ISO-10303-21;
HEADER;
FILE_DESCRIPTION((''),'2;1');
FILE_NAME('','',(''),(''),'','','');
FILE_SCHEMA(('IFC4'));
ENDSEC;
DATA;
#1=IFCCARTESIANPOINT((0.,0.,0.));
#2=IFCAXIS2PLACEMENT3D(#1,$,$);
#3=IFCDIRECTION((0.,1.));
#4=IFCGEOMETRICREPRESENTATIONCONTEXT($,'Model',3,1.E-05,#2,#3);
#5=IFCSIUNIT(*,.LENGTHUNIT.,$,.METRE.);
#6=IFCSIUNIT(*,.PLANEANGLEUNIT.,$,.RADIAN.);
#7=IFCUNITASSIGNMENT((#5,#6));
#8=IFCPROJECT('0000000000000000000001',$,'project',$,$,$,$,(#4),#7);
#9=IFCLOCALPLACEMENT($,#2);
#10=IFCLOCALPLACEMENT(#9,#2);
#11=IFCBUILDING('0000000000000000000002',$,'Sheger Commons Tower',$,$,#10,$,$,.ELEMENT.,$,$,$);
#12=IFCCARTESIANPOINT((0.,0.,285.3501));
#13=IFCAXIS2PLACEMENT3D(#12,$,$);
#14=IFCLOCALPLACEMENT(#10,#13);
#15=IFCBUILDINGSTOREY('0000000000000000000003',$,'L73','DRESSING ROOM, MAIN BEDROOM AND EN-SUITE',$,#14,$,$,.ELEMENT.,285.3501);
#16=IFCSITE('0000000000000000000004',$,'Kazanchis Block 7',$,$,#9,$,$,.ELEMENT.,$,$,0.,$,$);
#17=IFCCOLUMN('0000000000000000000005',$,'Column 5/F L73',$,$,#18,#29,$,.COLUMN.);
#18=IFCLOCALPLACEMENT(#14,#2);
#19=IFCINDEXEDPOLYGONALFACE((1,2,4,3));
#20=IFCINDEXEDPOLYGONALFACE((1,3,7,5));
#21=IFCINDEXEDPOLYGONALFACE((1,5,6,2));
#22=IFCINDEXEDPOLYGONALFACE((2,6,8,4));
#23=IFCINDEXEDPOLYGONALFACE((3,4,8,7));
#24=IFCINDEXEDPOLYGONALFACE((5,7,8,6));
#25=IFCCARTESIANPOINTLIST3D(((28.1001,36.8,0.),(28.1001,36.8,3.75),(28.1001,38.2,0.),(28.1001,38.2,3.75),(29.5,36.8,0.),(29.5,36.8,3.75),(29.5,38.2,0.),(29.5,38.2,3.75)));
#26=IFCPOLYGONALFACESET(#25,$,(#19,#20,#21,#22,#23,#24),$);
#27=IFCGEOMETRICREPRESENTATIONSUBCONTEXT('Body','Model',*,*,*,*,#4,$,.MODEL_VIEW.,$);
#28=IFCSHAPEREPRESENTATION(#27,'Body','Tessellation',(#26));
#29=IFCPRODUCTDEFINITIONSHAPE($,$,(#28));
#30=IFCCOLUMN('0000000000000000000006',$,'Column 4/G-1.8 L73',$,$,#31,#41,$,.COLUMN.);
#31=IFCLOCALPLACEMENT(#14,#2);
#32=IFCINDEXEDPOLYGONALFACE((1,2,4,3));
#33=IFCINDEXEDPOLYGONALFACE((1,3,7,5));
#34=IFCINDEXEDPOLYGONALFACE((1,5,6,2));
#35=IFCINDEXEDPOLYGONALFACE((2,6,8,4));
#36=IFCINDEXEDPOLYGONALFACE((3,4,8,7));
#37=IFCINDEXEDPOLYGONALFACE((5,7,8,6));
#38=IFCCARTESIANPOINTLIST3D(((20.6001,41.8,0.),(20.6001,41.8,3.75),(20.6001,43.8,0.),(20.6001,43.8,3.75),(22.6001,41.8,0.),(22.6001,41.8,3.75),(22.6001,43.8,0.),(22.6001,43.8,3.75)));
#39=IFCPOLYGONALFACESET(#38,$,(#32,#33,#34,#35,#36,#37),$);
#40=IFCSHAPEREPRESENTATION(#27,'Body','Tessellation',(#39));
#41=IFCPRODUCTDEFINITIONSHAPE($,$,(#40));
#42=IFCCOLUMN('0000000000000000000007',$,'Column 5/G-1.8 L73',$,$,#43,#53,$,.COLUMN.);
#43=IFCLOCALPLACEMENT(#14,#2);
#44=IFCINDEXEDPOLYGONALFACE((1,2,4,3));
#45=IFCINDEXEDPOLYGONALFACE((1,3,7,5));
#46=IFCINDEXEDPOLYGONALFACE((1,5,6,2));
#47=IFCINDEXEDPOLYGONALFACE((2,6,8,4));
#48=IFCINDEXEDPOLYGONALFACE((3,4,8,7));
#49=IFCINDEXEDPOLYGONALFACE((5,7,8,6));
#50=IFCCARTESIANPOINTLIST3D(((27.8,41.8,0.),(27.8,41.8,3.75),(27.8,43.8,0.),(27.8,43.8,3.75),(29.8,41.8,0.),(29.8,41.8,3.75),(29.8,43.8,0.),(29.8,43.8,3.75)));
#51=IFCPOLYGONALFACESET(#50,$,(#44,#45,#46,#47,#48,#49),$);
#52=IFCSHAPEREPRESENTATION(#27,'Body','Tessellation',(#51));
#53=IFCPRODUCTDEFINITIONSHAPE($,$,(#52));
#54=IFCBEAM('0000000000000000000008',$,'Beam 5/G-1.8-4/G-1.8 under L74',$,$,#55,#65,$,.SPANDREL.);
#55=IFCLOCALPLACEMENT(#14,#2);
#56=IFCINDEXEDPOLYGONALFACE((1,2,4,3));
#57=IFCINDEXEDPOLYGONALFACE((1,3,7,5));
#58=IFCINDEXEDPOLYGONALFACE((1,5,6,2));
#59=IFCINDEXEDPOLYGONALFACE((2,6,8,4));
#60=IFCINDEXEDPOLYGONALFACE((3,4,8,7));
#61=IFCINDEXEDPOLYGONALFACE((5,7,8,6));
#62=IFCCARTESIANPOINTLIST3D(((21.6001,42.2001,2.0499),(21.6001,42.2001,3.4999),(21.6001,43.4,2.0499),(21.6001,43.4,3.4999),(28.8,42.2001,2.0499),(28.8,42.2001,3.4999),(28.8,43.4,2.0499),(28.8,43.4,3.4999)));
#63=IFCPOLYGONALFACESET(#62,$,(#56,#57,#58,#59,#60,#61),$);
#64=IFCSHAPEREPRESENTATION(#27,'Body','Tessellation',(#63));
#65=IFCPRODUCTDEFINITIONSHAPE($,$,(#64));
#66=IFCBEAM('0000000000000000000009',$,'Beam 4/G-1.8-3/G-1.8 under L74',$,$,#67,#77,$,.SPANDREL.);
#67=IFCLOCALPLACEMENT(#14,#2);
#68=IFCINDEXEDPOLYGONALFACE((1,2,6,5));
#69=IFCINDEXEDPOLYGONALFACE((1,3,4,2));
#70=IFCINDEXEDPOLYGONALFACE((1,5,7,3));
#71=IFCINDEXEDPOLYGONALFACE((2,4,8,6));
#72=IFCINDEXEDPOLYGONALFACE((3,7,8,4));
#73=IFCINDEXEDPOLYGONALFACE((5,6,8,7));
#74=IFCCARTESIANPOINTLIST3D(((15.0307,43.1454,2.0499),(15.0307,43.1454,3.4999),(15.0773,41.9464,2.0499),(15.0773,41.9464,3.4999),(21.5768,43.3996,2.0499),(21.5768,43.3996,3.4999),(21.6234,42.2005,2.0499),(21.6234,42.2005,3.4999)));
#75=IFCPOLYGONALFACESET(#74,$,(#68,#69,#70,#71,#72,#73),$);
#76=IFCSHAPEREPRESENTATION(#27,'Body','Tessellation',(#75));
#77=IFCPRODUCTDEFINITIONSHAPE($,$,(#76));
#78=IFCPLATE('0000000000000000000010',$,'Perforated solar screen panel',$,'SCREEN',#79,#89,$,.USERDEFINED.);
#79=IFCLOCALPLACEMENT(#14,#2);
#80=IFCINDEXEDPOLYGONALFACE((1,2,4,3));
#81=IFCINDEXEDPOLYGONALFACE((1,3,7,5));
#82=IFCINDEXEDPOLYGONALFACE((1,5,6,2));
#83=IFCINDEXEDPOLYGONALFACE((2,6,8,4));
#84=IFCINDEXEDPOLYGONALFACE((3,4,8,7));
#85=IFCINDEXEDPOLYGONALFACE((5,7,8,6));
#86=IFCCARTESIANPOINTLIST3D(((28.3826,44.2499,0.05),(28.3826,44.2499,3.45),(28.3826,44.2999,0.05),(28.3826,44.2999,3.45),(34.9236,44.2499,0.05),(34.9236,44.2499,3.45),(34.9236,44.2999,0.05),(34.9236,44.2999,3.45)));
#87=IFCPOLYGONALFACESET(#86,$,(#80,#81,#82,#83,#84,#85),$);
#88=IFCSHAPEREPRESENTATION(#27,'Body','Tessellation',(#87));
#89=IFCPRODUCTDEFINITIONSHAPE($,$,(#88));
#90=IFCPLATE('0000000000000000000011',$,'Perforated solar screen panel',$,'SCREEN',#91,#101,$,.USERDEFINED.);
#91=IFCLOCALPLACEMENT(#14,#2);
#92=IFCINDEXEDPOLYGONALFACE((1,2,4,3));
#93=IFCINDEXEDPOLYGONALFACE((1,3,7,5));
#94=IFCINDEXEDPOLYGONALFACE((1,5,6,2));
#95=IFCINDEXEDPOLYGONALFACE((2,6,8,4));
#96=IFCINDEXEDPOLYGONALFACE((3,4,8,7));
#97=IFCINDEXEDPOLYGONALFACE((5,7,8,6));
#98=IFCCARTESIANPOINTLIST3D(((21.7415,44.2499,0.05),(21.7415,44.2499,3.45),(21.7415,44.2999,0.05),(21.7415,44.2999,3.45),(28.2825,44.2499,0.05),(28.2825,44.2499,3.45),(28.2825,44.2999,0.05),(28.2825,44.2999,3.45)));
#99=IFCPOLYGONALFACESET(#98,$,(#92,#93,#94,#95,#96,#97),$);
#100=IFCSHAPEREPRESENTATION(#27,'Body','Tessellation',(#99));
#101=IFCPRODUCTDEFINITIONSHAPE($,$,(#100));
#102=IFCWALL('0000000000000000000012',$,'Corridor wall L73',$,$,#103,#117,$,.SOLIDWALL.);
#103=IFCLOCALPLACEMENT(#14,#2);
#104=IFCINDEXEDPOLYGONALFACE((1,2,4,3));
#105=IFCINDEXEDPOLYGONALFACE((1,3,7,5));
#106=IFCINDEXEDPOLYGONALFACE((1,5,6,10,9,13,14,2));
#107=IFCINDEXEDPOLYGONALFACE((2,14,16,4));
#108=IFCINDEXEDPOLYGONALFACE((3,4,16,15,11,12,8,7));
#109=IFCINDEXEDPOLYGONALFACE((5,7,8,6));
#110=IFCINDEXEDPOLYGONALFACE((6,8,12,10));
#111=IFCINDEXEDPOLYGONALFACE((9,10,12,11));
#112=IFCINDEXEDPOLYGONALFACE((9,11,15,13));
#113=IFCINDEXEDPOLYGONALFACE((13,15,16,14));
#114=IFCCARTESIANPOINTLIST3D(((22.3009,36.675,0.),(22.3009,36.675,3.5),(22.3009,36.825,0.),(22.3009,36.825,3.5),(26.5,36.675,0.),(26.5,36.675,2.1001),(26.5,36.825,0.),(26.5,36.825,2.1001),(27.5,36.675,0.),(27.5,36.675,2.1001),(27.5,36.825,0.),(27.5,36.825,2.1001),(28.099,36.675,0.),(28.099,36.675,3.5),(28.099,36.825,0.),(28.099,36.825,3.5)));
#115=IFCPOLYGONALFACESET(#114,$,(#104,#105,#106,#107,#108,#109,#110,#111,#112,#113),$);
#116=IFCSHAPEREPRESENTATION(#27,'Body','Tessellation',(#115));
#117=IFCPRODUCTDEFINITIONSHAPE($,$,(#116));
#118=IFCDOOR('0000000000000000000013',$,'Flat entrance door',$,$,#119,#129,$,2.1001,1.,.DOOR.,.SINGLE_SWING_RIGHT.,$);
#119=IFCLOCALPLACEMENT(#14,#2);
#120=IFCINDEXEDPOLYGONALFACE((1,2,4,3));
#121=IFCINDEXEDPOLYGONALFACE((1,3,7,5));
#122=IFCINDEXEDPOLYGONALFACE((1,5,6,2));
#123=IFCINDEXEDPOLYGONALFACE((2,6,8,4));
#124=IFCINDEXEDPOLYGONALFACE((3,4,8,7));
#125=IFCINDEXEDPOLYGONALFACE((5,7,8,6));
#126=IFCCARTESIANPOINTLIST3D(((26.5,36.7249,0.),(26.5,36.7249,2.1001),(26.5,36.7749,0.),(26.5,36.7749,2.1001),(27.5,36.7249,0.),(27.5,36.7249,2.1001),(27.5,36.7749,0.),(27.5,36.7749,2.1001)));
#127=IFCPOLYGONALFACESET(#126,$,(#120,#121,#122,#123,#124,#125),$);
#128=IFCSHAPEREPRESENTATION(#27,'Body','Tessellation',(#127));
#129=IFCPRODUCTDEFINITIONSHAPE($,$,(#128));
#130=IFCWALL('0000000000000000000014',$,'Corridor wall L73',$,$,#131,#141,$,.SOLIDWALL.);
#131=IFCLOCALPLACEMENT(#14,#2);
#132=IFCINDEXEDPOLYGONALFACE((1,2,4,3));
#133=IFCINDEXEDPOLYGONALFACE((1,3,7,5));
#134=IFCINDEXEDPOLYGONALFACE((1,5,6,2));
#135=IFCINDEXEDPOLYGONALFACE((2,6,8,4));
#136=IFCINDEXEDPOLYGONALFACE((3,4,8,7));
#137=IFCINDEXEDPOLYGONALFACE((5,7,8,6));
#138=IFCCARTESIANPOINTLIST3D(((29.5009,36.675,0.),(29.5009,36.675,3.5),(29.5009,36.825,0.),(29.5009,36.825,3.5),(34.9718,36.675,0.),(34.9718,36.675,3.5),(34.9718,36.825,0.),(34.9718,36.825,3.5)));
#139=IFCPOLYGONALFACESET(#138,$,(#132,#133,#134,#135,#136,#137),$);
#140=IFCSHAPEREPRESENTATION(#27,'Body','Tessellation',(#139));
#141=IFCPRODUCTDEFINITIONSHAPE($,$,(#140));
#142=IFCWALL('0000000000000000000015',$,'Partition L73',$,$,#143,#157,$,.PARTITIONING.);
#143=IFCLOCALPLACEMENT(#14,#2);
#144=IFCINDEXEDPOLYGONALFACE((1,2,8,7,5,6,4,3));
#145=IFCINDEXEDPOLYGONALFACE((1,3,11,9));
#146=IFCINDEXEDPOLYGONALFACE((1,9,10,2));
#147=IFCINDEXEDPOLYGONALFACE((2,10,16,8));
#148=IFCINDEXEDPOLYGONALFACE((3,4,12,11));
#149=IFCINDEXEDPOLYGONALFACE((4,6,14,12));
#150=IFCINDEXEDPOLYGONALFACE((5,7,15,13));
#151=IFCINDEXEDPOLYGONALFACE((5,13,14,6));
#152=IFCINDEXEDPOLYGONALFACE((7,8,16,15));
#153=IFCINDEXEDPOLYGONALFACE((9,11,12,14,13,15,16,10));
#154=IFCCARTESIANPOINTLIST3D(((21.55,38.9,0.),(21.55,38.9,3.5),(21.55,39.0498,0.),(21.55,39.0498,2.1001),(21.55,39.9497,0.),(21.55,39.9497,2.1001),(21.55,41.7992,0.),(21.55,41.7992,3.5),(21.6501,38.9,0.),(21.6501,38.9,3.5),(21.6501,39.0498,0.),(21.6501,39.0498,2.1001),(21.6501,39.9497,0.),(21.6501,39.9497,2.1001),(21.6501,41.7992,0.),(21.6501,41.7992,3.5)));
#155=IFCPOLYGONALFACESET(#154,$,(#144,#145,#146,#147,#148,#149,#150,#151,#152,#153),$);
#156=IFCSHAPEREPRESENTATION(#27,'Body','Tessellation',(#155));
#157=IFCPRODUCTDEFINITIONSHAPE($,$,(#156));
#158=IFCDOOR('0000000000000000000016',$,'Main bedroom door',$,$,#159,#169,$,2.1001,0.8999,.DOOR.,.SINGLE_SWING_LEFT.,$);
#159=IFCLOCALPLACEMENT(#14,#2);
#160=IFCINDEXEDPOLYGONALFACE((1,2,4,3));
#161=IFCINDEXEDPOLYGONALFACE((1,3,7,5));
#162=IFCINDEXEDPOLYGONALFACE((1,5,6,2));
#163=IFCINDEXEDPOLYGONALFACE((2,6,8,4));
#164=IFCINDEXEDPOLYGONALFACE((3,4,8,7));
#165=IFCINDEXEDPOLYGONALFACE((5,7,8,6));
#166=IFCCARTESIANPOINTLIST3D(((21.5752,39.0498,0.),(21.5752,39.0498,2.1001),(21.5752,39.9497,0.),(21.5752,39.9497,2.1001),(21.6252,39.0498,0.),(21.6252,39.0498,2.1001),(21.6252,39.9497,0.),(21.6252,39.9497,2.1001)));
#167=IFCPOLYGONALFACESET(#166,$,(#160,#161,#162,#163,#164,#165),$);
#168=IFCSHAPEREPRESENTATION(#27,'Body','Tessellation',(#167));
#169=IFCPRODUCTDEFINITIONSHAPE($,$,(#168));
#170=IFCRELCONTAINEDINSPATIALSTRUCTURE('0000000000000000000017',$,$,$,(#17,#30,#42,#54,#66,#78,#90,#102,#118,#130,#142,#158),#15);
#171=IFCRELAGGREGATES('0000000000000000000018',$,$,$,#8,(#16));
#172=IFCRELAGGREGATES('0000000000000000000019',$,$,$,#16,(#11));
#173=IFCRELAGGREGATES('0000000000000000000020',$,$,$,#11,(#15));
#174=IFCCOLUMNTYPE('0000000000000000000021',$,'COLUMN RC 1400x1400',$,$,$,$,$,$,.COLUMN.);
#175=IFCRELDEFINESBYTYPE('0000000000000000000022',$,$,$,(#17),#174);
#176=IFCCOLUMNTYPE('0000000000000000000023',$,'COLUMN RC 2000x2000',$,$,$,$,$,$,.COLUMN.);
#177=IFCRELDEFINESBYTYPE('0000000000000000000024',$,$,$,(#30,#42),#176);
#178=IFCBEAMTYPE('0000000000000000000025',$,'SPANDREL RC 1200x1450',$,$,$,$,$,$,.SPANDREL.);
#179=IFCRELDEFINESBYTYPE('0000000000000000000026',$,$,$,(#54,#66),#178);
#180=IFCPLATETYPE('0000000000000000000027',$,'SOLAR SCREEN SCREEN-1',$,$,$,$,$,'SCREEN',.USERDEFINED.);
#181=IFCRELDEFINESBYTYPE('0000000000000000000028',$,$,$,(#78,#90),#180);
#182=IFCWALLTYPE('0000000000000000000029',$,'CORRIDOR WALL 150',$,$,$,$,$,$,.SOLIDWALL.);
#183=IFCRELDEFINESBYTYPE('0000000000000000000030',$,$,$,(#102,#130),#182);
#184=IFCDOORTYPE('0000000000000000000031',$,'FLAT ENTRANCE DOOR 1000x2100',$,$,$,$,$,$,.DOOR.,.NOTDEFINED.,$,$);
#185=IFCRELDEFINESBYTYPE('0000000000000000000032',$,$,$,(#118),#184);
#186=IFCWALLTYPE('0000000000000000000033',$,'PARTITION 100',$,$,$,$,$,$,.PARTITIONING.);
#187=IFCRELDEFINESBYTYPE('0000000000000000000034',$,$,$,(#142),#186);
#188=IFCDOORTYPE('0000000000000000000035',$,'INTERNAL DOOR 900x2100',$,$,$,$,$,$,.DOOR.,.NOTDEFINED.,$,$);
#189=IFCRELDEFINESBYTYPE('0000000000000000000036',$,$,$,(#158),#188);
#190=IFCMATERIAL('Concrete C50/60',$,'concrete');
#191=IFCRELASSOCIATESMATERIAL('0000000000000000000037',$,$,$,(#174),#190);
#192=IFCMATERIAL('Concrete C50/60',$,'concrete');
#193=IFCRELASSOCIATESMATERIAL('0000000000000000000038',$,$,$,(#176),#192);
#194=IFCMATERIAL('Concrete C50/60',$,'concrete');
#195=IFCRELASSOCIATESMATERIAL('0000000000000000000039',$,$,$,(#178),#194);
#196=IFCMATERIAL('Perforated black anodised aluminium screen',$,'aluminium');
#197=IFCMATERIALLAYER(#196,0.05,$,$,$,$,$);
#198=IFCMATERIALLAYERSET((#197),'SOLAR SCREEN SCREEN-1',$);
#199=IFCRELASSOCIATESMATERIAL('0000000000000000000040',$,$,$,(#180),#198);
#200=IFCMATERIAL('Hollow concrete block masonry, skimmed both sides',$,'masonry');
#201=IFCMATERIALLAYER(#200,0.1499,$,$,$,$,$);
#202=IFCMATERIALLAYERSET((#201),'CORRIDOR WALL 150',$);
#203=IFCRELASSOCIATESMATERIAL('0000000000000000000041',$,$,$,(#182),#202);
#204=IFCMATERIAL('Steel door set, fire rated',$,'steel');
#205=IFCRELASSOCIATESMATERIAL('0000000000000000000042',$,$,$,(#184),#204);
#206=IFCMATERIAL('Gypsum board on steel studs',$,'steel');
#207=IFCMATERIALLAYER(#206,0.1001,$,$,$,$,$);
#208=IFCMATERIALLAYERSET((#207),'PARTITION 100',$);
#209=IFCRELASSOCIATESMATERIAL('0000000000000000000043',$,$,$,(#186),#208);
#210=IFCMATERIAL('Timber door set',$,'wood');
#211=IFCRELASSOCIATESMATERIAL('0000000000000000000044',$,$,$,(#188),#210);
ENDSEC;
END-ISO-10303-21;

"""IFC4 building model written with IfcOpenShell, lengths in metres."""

from ifc_helpers import new_model, si_unit, direction, frame, frame_2d, origin, origin_2d, place, context, subcontext, project, spatial, rectangle, extrude, material, layer, layer_set, material_profile, profile_set, type_object, element, fill, save


model = new_model("IFC4")

# Units and contexts
model_context = context("Model", 3, precision=1e-05, world=origin(), true_north=direction((0.0, 1.0)))
body_context = subcontext(model_context, "Body", "Model", "MODEL_VIEW")
ifc_project = project(units=[si_unit("LENGTHUNIT", "METRE"), si_unit("PLANEANGLEUNIT", "RADIAN")], contexts=[model_context])

# Site, building, storey
site_placement = place(None, origin())
site = spatial("IfcSite", under=ifc_project, at=site_placement, Name="Kazanchis Block 7", CompositionType="ELEMENT", RefElevation=0.0)
building_placement = place(site_placement, origin())
building = spatial("IfcBuilding", under=site, at=building_placement, Name="Sheger Commons Tower", CompositionType="ELEMENT")
storey_placement = place(building_placement, frame((0.0, 0.0, 285.3501)))
storey = spatial("IfcBuildingStorey", under=building, at=storey_placement, Name="L73", Description="DRESSING ROOM, MAIN BEDROOM AND EN-SUITE", CompositionType="ELEMENT", Elevation=285.3501)

# Columns
ifc_material_1 = material(Name="Concrete C50/60", Category="concrete")
ifc_material_profile_1 = material_profile(ifc_material_1, rectangle(XDim=1.3999, YDim=1.3999, at=origin_2d()), Name="RC 1400x1400")
ifc_profile_set_1 = profile_set([ifc_material_profile_1], Name="Concrete C50/60")
column_type_1 = type_object("IfcColumnType", Name="COLUMN RC 1400x1400", PredefinedType="COLUMN", material=ifc_profile_set_1)
column_placement = place(storey_placement, frame((28.8, 37.5, 0.0), z_axis=(0.0, 0.0, 1.0), x_axis=(1.0, 0.0, 0.0)))
element("IfcColumn", 1, at=column_placement, inside=storey, type_object=column_type_1, Name="Column 5/F L73", PredefinedType="COLUMN", context=body_context, shape_type="SweptSolid", body=[
    extrude(rectangle(XDim=1.3999, YDim=1.3999, at=origin_2d()), origin(), (0.0, 0.0, 1.0), 3.75),
])
ifc_material_2 = material(Name="Concrete C50/60", Category="concrete")
ifc_material_profile_2 = material_profile(ifc_material_2, rectangle(XDim=2.0, YDim=2.0, at=origin_2d()), Name="RC 2000x2000")
ifc_profile_set_2 = profile_set([ifc_material_profile_2], Name="Concrete C50/60")
column_type_2 = type_object("IfcColumnType", Name="COLUMN RC 2000x2000", PredefinedType="COLUMN", material=ifc_profile_set_2)
for number, where, z_axis, x_axis, name in (
    (2, (21.6001, 42.8, 0.0), (0.0, 0.0, 1.0), (1.0, 0.0, 0.0), "Column 4/G-1.8 L73"),
    (3, (28.8, 42.8, 0.0), (0.0, 0.0, 1.0), (1.0, 0.0, 0.0), "Column 5/G-1.8 L73"),
):
    element("IfcColumn", number, at=place(storey_placement, frame(where, z_axis=z_axis, x_axis=x_axis)), inside=storey, type_object=column_type_2, Name=name, PredefinedType="COLUMN", context=body_context, shape_type="SweptSolid", body=[
        extrude(rectangle(XDim=2.0, YDim=2.0, at=origin_2d()), origin(), (0.0, 0.0, 1.0), 3.75),
    ])

# Beams
ifc_material_3 = material(Name="Concrete C50/60", Category="concrete")
ifc_material_profile_3 = material_profile(ifc_material_3, rectangle(XDim=1.2, YDim=1.45, at=origin_2d()), Name="RC 1200x1450")
ifc_profile_set_3 = profile_set([ifc_material_profile_3], Name="Concrete C50/60")
beam_type = type_object("IfcBeamType", Name="SPANDREL RC 1200x1450", PredefinedType="SPANDREL", material=ifc_profile_set_3)
beam_1_placement = place(storey_placement, frame((28.8, 42.8, 2.7749), z_axis=(-1.0, 0.0, 0.0), x_axis=(0.0, -1.0, 0.0)))
element("IfcBeam", 4, at=beam_1_placement, inside=storey, type_object=beam_type, Name="Beam 5/G-1.8-4/G-1.8 under L74", PredefinedType="SPANDREL", context=body_context, shape_type="SweptSolid", body=[
    extrude(rectangle(XDim=1.2, YDim=1.45, at=origin_2d()), origin(), (0.0, 0.0, 1.0), 7.2),
])
beam_2_placement = place(storey_placement, frame((21.6001, 42.8, 2.7749), z_axis=(-0.999247, -0.038795, 0.0), x_axis=(0.038795, -0.999247, 0.0)))
element("IfcBeam", 5, at=beam_2_placement, inside=storey, type_object=beam_type, Name="Beam 4/G-1.8-3/G-1.8 under L74", PredefinedType="SPANDREL", context=body_context, shape_type="SweptSolid", body=[
    extrude(rectangle(XDim=1.2, YDim=1.45, at=origin_2d()), origin(), (0.0, 0.0, 1.0), 6.551),
])

# Plates
ifc_material_4 = material(Name="Perforated black anodised aluminium screen", Category="aluminium")
ifc_layer_1 = layer(ifc_material_4, 0.05)
ifc_layer_set_1 = layer_set([ifc_layer_1], Name="SOLAR SCREEN SCREEN-1")
plate_type = type_object("IfcPlateType", Name="SOLAR SCREEN SCREEN-1", ElementType="SCREEN", PredefinedType="USERDEFINED", material=ifc_layer_set_1)
for number, where, z_axis, x_axis, name in (
    (6, (31.6531, 44.2749, 0.05), (0.0, 0.0, 1.0), (-1.0, 0.0, 0.0), "Perforated solar screen panel"),
    (7, (25.012, 44.2749, 0.05), (0.0, 0.0, 1.0), (-1.0, 0.0, 0.0), "Perforated solar screen panel"),
):
    element("IfcPlate", number, at=place(storey_placement, frame(where, z_axis=z_axis, x_axis=x_axis)), inside=storey, type_object=plate_type, Name=name, ObjectType="SCREEN", PredefinedType="USERDEFINED", context=body_context, shape_type="SweptSolid", body=[
        extrude(rectangle(XDim=6.541, YDim=0.05, at=origin_2d()), origin(), (0.0, 0.0, 1.0), 3.3999),
    ])

# Wall, opening, door
ifc_material_5 = material(Name="Hollow concrete block masonry, skimmed both sides", Category="masonry")
ifc_layer_2 = layer(ifc_material_5, 0.1499)
ifc_layer_set_2 = layer_set([ifc_layer_2], Name="CORRIDOR WALL 150")
wall_type_1 = type_object("IfcWallType", Name="CORRIDOR WALL 150", PredefinedType="SOLIDWALL", material=ifc_layer_set_2)
wall_1_placement = place(storey_placement, frame((22.301, 36.75, 0.0), z_axis=(0.0, 0.0, 1.0), x_axis=(1.0, 0.0, 0.0)))
wall_1 = element("IfcWall", 8, at=wall_1_placement, inside=storey, type_object=wall_type_1, Name="Corridor wall L73", PredefinedType="SOLIDWALL", context=body_context, shape_type="SweptSolid", body=[
    extrude(rectangle(XDim=5.7981, YDim=0.1499, at=frame_2d((2.8989, 0.0))), origin(), (0.0, 0.0, 1.0), 3.5),
])
opening_1_placement = place(wall_1_placement, frame((4.199, 0.0, 0.0)))
opening_1 = element("IfcOpeningElement", 9, at=opening_1_placement, cuts=wall_1, PredefinedType="OPENING", context=body_context, shape_type="SweptSolid", body=[
    extrude(rectangle(XDim=1.0, YDim=2.1001, at=frame_2d((0.5, 1.05))), frame((0.0, 0.085, 0.0), z_axis=(0.0, -1.0, 0.0), x_axis=(1.0, 0.0, 0.0)), (0.0, 0.0, 1.0), 0.1699),
])
ifc_material_6 = material(Name="Steel door set, fire rated", Category="steel")
door_type_1 = type_object("IfcDoorType", Name="FLAT ENTRANCE DOOR 1000x2100", OperationType="NOTDEFINED", PredefinedType="DOOR", material=ifc_material_6)
door_1_placement = place(opening_1_placement, origin())
door_1 = element("IfcDoor", 10, at=door_1_placement, inside=storey, type_object=door_type_1, Name="Flat entrance door", OperationType="SINGLE_SWING_RIGHT", OverallHeight=2.1001, OverallWidth=1.0, PredefinedType="DOOR", context=body_context, shape_type="SweptSolid", body=[
    extrude(rectangle(XDim=1.0, YDim=2.1001, at=frame_2d((0.5, 1.05))), frame((0.0, 0.0249, 0.0), z_axis=(0.0, -1.0, 0.0), x_axis=(1.0, 0.0, 0.0)), (0.0, 0.0, 1.0), 0.05),
])
fill(opening_1, door_1)

# Wall
wall_2_placement = place(storey_placement, frame((29.501, 36.75, 0.0), z_axis=(0.0, 0.0, 1.0), x_axis=(1.0, 0.0, 0.0)))
element("IfcWall", 11, at=wall_2_placement, inside=storey, type_object=wall_type_1, Name="Corridor wall L73", PredefinedType="SOLIDWALL", context=body_context, shape_type="SweptSolid", body=[
    extrude(rectangle(XDim=5.4709, YDim=0.1499, at=frame_2d((2.7354, 0.0))), origin(), (0.0, 0.0, 1.0), 3.5),
])

# Wall, opening, door
ifc_material_7 = material(Name="Gypsum board on steel studs", Category="steel")
ifc_layer_3 = layer(ifc_material_7, 0.1001)
ifc_layer_set_3 = layer_set([ifc_layer_3], Name="PARTITION 100")
wall_type_2 = type_object("IfcWallType", Name="PARTITION 100", PredefinedType="PARTITIONING", material=ifc_layer_set_3)
wall_3_placement = place(storey_placement, frame((21.6001, 38.8999, 0.0), z_axis=(0.0, 0.0, 1.0), x_axis=(0.0, 1.0, 0.0)))
wall_3 = element("IfcWall", 12, at=wall_3_placement, inside=storey, type_object=wall_type_2, Name="Partition L73", PredefinedType="PARTITIONING", context=body_context, shape_type="SweptSolid", body=[
    extrude(rectangle(XDim=2.8992, YDim=0.1001, at=frame_2d((1.4497, 0.0))), origin(), (0.0, 0.0, 1.0), 3.5),
])
opening_2_placement = place(wall_3_placement, frame((0.1499, 0.0, 0.0)))
opening_2 = element("IfcOpeningElement", 13, at=opening_2_placement, cuts=wall_3, PredefinedType="OPENING", context=body_context, shape_type="SweptSolid", body=[
    extrude(rectangle(XDim=0.8999, YDim=2.1001, at=frame_2d((0.45, 1.05))), frame((0.0, 0.0601, 0.0), z_axis=(0.0, -1.0, 0.0), x_axis=(1.0, 0.0, 0.0)), (0.0, 0.0, 1.0), 0.1201),
])
ifc_material_8 = material(Name="Timber door set", Category="wood")
door_type_2 = type_object("IfcDoorType", Name="INTERNAL DOOR 900x2100", OperationType="NOTDEFINED", PredefinedType="DOOR", material=ifc_material_8)
door_2_placement = place(opening_2_placement, origin())
door_2 = element("IfcDoor", 14, at=door_2_placement, inside=storey, type_object=door_type_2, Name="Main bedroom door", OperationType="SINGLE_SWING_LEFT", OverallHeight=2.1001, OverallWidth=0.8999, PredefinedType="DOOR", context=body_context, shape_type="SweptSolid", body=[
    extrude(rectangle(XDim=0.8999, YDim=2.1001, at=frame_2d((0.45, 1.05))), frame((0.0, 0.0249, 0.0), z_axis=(0.0, -1.0, 0.0), x_axis=(1.0, 0.0, 0.0)), (0.0, 0.0, 1.0), 0.05),
])
fill(opening_2, door_2)

save(model, "model.ifc")
